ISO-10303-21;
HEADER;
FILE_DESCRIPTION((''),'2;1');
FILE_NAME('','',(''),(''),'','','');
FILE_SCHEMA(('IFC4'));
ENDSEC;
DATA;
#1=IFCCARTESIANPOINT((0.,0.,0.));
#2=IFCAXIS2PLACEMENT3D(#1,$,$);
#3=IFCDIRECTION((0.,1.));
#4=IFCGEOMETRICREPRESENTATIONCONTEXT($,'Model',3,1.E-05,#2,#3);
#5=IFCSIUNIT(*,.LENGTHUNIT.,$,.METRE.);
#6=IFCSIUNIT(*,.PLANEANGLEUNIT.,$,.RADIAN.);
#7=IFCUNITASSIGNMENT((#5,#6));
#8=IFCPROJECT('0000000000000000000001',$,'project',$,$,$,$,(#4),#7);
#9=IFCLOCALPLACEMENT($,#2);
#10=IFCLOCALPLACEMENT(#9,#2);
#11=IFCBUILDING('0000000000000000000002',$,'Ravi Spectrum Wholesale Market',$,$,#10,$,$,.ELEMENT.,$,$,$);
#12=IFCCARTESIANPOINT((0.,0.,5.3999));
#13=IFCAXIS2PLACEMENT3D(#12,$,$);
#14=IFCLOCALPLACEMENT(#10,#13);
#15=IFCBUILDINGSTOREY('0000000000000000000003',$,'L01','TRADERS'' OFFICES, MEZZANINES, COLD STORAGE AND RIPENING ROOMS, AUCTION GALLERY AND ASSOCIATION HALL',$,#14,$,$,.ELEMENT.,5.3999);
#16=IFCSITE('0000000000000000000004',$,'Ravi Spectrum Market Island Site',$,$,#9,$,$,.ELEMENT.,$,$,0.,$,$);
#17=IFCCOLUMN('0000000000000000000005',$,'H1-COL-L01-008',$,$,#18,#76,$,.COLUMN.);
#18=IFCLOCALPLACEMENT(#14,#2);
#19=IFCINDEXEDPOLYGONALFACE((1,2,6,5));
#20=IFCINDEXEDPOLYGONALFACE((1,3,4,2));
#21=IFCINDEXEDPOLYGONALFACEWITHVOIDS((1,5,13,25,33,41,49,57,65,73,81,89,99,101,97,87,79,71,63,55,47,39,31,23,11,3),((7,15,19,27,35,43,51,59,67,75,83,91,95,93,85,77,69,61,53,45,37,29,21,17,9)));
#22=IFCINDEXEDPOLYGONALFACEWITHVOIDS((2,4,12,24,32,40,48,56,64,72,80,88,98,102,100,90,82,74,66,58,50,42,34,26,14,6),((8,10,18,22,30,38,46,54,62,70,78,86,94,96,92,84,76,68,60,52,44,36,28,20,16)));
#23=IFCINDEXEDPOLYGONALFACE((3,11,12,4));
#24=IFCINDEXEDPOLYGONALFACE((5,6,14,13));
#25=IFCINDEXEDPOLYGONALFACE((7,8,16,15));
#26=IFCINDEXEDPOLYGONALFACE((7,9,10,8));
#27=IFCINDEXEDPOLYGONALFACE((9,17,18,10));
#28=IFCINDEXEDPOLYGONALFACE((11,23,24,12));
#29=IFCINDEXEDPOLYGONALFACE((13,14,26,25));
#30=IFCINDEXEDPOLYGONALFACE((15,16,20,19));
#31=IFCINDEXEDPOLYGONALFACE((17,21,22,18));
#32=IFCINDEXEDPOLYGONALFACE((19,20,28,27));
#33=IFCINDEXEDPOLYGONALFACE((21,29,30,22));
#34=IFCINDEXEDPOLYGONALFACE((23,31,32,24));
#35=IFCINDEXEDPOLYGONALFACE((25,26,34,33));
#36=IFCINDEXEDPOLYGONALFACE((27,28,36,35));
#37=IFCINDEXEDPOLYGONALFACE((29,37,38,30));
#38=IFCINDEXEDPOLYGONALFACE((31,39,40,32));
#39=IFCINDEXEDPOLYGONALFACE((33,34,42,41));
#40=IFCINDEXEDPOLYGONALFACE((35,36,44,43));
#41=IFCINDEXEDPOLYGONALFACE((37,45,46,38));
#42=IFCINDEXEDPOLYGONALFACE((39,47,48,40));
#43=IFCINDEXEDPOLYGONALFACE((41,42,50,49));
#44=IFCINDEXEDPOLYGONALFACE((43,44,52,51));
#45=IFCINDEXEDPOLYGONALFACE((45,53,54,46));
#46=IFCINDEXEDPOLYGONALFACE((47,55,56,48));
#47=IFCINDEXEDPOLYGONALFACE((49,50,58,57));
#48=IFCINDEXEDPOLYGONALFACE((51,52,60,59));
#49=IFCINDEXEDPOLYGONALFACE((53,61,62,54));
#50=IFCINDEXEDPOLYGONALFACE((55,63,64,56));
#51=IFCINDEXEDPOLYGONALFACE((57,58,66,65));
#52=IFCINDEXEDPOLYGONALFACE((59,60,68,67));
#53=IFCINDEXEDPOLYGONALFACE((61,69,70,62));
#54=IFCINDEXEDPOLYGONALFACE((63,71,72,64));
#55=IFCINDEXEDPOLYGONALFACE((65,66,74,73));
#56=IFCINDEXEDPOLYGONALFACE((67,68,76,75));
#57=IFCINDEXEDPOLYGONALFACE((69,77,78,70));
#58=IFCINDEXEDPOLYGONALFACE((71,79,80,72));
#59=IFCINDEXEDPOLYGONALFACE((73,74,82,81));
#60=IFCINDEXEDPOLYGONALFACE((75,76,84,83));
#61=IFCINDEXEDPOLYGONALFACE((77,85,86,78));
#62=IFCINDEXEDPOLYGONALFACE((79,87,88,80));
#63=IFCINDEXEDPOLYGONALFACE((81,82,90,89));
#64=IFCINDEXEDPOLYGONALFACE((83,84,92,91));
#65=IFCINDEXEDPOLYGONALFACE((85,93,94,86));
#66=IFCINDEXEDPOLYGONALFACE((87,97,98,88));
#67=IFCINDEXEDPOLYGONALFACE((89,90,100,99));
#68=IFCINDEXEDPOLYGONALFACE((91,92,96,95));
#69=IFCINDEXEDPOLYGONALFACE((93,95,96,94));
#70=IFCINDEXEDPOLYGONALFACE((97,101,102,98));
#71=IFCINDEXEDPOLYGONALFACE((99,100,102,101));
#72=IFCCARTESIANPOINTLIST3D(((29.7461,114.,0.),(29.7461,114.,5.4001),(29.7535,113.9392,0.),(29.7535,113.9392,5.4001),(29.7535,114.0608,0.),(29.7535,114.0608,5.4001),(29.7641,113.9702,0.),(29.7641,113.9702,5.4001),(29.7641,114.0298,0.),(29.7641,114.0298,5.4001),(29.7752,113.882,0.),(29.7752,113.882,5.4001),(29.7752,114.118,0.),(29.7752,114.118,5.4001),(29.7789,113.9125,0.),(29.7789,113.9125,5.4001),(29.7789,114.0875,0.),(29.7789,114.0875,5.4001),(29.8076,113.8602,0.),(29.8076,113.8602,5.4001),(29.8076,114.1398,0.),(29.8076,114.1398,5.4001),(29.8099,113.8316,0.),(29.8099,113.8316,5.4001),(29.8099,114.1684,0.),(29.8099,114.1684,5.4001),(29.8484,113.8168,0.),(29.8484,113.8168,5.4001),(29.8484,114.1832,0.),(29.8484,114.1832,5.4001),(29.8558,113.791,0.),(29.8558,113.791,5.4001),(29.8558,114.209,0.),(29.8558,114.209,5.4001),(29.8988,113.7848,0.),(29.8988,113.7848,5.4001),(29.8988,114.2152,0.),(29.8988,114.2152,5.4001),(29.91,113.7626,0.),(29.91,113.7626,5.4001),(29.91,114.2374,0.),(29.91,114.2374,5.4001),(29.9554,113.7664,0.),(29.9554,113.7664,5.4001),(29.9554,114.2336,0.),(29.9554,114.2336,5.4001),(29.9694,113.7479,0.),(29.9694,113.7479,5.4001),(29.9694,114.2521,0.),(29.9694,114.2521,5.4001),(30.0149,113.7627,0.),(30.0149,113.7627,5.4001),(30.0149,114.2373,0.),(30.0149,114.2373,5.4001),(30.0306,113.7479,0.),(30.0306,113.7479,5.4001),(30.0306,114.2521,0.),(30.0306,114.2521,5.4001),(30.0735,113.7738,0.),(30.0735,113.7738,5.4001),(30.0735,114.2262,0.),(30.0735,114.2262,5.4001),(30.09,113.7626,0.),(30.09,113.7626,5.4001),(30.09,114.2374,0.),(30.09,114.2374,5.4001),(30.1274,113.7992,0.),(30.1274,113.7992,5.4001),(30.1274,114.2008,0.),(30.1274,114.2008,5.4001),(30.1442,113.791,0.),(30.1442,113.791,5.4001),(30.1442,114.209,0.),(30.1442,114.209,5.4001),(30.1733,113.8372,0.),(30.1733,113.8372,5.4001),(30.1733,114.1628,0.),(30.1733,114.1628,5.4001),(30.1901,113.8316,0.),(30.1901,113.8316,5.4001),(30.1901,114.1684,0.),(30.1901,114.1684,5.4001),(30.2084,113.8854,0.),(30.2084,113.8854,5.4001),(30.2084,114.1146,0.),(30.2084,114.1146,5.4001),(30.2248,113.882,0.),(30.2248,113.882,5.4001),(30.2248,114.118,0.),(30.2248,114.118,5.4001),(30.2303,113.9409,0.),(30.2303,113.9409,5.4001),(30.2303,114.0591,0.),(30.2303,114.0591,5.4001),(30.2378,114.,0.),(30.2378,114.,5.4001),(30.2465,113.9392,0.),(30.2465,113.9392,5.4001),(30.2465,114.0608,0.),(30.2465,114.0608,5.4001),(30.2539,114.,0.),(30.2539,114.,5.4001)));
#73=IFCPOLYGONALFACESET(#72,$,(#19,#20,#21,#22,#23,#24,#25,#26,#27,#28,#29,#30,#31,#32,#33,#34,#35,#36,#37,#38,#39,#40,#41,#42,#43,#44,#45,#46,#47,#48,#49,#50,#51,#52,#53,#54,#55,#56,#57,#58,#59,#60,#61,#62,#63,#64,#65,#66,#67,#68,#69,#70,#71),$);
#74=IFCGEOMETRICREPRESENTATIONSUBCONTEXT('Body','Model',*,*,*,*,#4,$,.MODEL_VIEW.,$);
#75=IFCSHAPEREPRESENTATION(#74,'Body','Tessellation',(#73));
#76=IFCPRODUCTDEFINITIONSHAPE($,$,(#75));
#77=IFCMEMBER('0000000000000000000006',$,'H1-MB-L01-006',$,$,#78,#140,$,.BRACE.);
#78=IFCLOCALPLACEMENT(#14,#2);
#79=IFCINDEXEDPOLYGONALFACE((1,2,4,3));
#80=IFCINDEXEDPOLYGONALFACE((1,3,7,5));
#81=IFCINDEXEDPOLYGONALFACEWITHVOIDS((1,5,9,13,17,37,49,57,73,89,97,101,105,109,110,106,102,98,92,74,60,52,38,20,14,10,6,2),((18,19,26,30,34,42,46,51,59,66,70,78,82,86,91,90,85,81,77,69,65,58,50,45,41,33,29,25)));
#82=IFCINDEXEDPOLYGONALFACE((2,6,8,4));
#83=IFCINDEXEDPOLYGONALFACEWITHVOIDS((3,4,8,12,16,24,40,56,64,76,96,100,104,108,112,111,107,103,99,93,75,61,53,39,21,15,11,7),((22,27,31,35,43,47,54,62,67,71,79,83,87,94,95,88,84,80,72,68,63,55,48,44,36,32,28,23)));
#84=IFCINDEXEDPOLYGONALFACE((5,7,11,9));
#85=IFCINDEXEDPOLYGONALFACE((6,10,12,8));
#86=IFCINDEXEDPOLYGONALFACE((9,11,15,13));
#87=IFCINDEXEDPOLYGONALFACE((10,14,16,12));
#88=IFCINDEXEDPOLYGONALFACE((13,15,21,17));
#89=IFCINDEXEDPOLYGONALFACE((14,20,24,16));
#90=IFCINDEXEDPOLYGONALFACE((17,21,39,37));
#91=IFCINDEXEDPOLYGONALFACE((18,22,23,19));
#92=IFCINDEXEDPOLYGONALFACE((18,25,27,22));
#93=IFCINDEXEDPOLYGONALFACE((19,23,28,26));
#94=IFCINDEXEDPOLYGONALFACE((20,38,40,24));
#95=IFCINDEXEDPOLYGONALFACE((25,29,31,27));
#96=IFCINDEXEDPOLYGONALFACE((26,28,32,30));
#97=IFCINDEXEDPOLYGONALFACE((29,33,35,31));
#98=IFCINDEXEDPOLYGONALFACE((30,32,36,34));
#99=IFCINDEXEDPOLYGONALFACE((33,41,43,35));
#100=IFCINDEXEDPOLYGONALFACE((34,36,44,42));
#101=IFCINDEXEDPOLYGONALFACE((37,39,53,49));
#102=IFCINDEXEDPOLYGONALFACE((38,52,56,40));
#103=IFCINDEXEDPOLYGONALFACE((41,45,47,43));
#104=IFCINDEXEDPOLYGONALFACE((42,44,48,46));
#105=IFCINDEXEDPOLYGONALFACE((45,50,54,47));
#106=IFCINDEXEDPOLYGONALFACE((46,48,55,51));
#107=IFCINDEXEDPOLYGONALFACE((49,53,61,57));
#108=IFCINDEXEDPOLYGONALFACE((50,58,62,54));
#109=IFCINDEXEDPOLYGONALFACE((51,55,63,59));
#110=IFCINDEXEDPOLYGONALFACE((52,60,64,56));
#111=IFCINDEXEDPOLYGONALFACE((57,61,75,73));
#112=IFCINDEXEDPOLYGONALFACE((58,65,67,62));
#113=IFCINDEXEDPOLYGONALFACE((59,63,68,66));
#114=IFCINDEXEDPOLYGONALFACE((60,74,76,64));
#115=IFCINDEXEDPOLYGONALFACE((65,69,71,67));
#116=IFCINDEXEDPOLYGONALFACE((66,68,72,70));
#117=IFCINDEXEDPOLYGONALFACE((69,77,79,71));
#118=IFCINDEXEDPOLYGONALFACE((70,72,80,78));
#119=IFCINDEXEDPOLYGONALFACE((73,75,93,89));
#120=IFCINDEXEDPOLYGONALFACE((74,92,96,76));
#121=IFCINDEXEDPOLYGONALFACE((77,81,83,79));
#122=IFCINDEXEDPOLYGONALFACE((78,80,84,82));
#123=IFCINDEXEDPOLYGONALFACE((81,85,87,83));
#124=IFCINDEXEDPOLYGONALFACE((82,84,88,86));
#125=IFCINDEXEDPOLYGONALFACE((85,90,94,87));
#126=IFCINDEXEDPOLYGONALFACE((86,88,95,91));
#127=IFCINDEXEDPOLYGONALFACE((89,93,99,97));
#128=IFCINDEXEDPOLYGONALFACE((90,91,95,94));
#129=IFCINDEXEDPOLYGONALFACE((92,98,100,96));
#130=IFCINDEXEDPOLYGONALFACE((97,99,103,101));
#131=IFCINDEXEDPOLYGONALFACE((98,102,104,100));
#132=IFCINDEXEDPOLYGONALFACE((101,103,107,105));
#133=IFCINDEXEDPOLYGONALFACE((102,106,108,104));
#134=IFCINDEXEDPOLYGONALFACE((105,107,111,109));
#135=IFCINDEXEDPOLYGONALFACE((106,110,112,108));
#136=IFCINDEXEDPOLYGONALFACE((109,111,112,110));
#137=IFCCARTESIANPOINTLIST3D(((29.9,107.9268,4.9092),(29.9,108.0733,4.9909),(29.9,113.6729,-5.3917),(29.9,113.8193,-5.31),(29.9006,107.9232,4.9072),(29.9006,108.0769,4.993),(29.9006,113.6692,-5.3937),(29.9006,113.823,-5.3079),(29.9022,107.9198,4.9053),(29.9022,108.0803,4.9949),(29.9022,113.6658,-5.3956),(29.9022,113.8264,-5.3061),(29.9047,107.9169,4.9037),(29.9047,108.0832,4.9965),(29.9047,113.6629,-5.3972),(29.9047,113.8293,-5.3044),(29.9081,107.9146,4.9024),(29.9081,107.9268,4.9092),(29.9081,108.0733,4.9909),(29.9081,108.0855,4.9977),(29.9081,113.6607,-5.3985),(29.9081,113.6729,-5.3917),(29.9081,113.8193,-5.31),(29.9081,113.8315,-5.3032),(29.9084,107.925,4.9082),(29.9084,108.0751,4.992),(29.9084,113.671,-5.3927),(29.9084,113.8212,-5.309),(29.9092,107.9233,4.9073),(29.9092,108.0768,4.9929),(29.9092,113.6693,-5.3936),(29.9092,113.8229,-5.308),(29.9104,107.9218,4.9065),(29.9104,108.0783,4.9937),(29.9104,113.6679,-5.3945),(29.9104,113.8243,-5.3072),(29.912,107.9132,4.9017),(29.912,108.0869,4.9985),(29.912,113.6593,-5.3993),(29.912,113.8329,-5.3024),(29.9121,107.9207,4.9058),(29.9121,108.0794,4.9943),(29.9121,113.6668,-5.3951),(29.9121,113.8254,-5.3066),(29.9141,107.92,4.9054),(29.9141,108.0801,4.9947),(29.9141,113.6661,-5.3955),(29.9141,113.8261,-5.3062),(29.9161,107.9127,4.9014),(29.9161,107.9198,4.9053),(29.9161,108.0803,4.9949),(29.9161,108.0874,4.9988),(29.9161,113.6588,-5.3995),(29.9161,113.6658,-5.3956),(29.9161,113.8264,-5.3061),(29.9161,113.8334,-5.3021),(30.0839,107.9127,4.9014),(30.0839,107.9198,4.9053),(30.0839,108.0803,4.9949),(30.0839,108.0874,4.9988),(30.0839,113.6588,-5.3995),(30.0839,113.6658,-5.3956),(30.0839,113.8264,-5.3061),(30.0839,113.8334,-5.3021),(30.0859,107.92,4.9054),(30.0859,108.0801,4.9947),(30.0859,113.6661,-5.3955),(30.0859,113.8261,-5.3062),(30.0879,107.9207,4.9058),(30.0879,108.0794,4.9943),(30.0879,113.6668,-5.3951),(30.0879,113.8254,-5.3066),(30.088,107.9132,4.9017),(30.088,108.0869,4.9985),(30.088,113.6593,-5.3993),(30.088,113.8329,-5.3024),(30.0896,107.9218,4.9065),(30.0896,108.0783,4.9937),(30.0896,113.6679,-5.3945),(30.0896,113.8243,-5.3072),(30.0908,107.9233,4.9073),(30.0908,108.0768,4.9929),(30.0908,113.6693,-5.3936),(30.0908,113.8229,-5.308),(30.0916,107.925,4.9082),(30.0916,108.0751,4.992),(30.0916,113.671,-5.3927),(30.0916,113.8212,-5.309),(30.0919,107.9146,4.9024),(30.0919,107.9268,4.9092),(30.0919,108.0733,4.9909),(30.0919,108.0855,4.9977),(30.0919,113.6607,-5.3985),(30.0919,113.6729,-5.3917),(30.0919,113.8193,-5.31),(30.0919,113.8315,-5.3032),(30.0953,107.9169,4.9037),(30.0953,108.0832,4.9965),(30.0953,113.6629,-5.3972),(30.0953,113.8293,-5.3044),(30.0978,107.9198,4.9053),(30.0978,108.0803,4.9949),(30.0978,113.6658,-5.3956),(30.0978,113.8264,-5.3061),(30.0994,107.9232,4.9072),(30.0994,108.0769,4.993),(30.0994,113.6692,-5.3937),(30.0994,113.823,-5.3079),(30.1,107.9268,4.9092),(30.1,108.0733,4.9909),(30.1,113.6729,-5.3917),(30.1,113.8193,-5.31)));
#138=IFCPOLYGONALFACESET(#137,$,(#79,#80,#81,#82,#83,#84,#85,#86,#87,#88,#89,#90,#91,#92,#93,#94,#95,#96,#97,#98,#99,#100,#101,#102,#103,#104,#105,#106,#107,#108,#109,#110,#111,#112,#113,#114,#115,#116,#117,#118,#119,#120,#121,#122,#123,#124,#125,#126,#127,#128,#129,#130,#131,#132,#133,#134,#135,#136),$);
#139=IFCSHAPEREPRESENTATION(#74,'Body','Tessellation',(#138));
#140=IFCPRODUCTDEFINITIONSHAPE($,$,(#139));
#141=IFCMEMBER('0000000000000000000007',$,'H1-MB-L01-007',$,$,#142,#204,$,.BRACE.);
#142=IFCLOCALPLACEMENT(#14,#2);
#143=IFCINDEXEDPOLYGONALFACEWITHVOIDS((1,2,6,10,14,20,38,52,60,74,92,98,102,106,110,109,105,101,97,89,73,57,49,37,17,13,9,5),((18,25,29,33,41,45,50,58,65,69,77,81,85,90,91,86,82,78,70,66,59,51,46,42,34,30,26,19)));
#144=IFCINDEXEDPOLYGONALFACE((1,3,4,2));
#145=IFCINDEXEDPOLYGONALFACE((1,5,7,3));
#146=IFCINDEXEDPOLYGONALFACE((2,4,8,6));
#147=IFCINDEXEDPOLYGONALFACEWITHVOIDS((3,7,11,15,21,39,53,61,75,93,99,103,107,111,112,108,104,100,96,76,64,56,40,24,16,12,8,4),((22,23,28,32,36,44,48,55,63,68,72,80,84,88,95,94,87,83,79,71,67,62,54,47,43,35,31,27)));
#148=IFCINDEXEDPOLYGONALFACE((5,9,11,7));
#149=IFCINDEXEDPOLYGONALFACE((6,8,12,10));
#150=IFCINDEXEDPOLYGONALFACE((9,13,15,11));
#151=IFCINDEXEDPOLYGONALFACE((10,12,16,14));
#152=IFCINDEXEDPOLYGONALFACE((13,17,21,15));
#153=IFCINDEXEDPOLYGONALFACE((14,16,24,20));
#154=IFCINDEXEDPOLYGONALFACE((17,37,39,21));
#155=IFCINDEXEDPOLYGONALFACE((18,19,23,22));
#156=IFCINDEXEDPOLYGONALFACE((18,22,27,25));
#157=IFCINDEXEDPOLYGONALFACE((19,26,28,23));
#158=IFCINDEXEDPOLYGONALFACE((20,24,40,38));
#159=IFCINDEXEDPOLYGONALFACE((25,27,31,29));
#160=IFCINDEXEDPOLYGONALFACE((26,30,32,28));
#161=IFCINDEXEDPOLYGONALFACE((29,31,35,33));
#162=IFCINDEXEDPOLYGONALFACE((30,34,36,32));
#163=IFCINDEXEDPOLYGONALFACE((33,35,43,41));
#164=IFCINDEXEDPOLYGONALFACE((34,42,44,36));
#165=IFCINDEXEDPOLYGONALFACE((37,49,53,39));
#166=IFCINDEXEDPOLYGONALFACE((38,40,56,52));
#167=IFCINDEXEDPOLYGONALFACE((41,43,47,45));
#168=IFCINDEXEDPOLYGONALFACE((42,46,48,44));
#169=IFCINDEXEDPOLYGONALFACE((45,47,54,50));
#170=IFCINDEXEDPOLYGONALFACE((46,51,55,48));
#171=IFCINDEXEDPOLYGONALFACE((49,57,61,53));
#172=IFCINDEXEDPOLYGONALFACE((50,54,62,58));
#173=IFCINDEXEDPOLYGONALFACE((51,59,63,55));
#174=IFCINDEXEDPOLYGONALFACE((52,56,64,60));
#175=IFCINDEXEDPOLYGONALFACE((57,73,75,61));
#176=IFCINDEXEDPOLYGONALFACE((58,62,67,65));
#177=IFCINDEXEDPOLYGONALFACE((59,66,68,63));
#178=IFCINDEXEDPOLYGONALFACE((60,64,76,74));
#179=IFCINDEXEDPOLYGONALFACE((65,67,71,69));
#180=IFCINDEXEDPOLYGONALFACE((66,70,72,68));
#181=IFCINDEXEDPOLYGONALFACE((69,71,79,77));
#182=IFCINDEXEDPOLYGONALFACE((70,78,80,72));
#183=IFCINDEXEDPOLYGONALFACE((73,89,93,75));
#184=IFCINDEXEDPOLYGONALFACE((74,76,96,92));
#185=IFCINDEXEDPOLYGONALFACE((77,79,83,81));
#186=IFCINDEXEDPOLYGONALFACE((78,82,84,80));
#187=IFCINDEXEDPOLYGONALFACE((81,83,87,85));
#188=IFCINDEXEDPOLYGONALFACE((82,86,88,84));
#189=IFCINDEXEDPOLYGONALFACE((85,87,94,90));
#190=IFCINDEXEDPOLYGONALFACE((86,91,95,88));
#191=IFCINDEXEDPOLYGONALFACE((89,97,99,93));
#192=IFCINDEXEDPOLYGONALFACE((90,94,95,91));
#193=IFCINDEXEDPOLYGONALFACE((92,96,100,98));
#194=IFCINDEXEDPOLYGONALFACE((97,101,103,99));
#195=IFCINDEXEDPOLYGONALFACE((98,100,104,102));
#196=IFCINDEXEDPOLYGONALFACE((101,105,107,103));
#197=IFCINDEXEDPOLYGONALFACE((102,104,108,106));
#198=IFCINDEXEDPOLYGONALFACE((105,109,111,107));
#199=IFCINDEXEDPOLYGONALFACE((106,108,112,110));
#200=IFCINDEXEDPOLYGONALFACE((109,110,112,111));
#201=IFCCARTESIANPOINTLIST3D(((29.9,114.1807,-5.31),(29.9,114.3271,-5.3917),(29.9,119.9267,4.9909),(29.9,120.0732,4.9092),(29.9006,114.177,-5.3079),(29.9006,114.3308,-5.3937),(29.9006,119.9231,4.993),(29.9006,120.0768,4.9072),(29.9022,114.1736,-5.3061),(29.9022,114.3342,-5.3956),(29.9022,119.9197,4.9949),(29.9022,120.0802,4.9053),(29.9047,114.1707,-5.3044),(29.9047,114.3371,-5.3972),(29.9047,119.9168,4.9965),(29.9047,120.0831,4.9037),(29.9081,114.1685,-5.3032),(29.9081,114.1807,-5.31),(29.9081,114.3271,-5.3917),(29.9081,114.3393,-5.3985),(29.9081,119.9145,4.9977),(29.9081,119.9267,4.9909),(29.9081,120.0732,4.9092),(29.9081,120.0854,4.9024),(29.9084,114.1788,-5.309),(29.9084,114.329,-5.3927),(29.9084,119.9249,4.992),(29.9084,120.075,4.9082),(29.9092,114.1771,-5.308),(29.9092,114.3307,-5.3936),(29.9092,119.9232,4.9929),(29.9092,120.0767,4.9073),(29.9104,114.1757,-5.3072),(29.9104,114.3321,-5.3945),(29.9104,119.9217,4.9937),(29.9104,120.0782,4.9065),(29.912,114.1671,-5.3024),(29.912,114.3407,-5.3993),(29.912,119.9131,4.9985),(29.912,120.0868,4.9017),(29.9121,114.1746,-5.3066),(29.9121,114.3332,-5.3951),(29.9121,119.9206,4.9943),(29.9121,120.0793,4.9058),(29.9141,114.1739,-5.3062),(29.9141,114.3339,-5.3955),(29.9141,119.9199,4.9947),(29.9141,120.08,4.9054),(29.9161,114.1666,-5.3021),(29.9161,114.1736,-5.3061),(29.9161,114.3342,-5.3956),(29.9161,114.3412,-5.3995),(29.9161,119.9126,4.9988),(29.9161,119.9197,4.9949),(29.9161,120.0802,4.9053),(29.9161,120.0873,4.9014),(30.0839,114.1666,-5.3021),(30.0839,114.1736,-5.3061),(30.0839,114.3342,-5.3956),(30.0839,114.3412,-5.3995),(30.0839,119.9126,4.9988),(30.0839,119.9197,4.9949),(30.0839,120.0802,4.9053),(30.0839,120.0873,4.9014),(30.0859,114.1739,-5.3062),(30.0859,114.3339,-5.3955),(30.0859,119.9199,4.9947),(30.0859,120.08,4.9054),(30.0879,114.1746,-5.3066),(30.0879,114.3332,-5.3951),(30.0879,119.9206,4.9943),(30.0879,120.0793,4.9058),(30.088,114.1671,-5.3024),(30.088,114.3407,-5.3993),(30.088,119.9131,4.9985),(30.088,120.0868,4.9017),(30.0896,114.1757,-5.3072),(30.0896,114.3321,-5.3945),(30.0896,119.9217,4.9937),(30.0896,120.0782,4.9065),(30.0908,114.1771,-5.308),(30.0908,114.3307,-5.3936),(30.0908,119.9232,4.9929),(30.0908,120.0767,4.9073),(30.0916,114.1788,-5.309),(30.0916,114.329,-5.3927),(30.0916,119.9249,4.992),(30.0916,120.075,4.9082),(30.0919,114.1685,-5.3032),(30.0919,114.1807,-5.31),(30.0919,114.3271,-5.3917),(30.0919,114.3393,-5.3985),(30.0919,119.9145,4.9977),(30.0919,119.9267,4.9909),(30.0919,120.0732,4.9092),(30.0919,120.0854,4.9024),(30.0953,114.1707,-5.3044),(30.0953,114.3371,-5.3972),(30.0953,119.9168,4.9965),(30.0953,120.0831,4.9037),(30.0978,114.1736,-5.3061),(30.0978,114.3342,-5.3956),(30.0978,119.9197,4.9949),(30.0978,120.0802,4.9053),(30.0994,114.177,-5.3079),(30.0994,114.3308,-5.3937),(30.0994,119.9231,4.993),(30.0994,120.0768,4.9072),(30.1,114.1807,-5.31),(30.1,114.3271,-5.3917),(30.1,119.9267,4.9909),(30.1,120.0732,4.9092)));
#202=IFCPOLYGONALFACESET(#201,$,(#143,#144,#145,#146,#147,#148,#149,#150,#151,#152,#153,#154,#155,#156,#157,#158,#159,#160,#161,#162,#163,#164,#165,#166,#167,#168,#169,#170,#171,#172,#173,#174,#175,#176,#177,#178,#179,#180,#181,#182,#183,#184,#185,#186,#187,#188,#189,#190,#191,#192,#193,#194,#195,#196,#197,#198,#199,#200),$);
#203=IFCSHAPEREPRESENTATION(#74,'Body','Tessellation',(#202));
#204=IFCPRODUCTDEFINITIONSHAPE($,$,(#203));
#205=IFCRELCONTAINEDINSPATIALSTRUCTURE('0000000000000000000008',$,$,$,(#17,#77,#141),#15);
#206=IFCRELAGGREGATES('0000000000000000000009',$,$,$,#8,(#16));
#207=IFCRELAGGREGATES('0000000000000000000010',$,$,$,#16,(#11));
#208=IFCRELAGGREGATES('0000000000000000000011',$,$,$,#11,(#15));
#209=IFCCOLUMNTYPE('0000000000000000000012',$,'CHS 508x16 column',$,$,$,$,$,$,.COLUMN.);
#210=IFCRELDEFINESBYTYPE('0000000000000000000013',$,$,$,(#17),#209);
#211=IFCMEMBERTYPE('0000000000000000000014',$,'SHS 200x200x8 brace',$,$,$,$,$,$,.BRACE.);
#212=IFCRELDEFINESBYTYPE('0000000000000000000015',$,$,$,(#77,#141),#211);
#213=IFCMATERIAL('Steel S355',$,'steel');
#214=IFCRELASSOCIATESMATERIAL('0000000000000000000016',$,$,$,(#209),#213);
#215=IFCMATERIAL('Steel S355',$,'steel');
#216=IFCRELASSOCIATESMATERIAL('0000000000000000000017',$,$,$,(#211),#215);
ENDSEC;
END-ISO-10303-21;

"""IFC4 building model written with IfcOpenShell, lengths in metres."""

from ifc_helpers import new_model, si_unit, direction, frame, origin, origin_2d, place, context, subcontext, project, spatial, hollow_rectangle, hollow_circle, extrude, material, material_profile, profile_set, type_object, element, save


model = new_model("IFC4")

# Units and contexts
model_context = context("Model", 3, precision=1e-05, world=origin(), true_north=direction((0.0, 1.0)))
body_context = subcontext(model_context, "Body", "Model", "MODEL_VIEW")
ifc_project = project(units=[si_unit("LENGTHUNIT", "METRE"), si_unit("PLANEANGLEUNIT", "RADIAN")], contexts=[model_context])

# Site, building, storey
site_placement = place(None, origin())
site = spatial("IfcSite", under=ifc_project, at=site_placement, Name="Ravi Spectrum Market Island Site", CompositionType="ELEMENT", RefElevation=0.0)
building_placement = place(site_placement, origin())
building = spatial("IfcBuilding", under=site, at=building_placement, Name="Ravi Spectrum Wholesale Market", CompositionType="ELEMENT")
storey_placement = place(building_placement, frame((0.0, 0.0, 5.3999)))
storey = spatial("IfcBuildingStorey", under=building, at=storey_placement, Name="L01", Description="TRADERS' OFFICES, MEZZANINES, COLD STORAGE AND RIPENING ROOMS, AUCTION GALLERY AND ASSOCIATION HALL", CompositionType="ELEMENT", Elevation=5.3999)

# Column
ifc_material_1 = material(Name="Steel S355", Category="steel")
ifc_material_profile_1 = material_profile(ifc_material_1, hollow_circle(Radius=0.2539, WallThickness=0.0161, at=origin_2d()))
ifc_profile_set_1 = profile_set([ifc_material_profile_1], Name="Steel S355")
column_type = type_object("IfcColumnType", Name="CHS 508x16 column", PredefinedType="COLUMN", material=ifc_profile_set_1)
column_placement = place(storey_placement, frame((30.0, 114.0, 0.0), z_axis=(0.0, 0.0, 1.0), x_axis=(1.0, 0.0, 0.0)))
element("IfcColumn", 1, at=column_placement, inside=storey, type_object=column_type, Name="H1-COL-L01-008", PredefinedType="COLUMN", context=body_context, shape_type="SweptSolid", body=[
    extrude(hollow_circle(Radius=0.2539, WallThickness=0.0161, at=origin_2d()), origin(), (0.0, 0.0, 1.0), 5.4001),
])

# Members
ifc_material_2 = material(Name="Steel S355", Category="steel")
ifc_material_profile_2 = material_profile(ifc_material_2, hollow_rectangle(XDim=0.2, YDim=0.2, WallThickness=0.0081, InnerFilletRadius=0.0081, OuterFilletRadius=0.0161, at=origin_2d()))
ifc_profile_set_2 = profile_set([ifc_material_profile_2], Name="Steel S355")
member_type = type_object("IfcMemberType", Name="SHS 200x200x8 brace", PredefinedType="BRACE", material=ifc_profile_set_2)
for number, where, z_axis, x_axis, name in (
    (2, (30.0, 113.7461, -5.3508), (0.0, -0.487152, 0.873317), (1.0, 0.0, 0.0), "H1-MB-L01-006"),
    (3, (30.0, 114.2539, -5.3508), (0.0, 0.487152, 0.873317), (-1.0, 0.0, 0.0), "H1-MB-L01-007"),
):
    element("IfcMember", number, at=place(storey_placement, frame(where, z_axis=z_axis, x_axis=x_axis)), inside=storey, type_object=member_type, Name=name, PredefinedType="BRACE", context=body_context, shape_type="SweptSolid", body=[
        extrude(hollow_rectangle(XDim=0.2, YDim=0.2, WallThickness=0.0081, InnerFilletRadius=0.0081, OuterFilletRadius=0.0161, at=origin_2d()), origin(), (0.0, 0.0, 1.0), 11.7952),
    ])

save(model, "model.ifc")
